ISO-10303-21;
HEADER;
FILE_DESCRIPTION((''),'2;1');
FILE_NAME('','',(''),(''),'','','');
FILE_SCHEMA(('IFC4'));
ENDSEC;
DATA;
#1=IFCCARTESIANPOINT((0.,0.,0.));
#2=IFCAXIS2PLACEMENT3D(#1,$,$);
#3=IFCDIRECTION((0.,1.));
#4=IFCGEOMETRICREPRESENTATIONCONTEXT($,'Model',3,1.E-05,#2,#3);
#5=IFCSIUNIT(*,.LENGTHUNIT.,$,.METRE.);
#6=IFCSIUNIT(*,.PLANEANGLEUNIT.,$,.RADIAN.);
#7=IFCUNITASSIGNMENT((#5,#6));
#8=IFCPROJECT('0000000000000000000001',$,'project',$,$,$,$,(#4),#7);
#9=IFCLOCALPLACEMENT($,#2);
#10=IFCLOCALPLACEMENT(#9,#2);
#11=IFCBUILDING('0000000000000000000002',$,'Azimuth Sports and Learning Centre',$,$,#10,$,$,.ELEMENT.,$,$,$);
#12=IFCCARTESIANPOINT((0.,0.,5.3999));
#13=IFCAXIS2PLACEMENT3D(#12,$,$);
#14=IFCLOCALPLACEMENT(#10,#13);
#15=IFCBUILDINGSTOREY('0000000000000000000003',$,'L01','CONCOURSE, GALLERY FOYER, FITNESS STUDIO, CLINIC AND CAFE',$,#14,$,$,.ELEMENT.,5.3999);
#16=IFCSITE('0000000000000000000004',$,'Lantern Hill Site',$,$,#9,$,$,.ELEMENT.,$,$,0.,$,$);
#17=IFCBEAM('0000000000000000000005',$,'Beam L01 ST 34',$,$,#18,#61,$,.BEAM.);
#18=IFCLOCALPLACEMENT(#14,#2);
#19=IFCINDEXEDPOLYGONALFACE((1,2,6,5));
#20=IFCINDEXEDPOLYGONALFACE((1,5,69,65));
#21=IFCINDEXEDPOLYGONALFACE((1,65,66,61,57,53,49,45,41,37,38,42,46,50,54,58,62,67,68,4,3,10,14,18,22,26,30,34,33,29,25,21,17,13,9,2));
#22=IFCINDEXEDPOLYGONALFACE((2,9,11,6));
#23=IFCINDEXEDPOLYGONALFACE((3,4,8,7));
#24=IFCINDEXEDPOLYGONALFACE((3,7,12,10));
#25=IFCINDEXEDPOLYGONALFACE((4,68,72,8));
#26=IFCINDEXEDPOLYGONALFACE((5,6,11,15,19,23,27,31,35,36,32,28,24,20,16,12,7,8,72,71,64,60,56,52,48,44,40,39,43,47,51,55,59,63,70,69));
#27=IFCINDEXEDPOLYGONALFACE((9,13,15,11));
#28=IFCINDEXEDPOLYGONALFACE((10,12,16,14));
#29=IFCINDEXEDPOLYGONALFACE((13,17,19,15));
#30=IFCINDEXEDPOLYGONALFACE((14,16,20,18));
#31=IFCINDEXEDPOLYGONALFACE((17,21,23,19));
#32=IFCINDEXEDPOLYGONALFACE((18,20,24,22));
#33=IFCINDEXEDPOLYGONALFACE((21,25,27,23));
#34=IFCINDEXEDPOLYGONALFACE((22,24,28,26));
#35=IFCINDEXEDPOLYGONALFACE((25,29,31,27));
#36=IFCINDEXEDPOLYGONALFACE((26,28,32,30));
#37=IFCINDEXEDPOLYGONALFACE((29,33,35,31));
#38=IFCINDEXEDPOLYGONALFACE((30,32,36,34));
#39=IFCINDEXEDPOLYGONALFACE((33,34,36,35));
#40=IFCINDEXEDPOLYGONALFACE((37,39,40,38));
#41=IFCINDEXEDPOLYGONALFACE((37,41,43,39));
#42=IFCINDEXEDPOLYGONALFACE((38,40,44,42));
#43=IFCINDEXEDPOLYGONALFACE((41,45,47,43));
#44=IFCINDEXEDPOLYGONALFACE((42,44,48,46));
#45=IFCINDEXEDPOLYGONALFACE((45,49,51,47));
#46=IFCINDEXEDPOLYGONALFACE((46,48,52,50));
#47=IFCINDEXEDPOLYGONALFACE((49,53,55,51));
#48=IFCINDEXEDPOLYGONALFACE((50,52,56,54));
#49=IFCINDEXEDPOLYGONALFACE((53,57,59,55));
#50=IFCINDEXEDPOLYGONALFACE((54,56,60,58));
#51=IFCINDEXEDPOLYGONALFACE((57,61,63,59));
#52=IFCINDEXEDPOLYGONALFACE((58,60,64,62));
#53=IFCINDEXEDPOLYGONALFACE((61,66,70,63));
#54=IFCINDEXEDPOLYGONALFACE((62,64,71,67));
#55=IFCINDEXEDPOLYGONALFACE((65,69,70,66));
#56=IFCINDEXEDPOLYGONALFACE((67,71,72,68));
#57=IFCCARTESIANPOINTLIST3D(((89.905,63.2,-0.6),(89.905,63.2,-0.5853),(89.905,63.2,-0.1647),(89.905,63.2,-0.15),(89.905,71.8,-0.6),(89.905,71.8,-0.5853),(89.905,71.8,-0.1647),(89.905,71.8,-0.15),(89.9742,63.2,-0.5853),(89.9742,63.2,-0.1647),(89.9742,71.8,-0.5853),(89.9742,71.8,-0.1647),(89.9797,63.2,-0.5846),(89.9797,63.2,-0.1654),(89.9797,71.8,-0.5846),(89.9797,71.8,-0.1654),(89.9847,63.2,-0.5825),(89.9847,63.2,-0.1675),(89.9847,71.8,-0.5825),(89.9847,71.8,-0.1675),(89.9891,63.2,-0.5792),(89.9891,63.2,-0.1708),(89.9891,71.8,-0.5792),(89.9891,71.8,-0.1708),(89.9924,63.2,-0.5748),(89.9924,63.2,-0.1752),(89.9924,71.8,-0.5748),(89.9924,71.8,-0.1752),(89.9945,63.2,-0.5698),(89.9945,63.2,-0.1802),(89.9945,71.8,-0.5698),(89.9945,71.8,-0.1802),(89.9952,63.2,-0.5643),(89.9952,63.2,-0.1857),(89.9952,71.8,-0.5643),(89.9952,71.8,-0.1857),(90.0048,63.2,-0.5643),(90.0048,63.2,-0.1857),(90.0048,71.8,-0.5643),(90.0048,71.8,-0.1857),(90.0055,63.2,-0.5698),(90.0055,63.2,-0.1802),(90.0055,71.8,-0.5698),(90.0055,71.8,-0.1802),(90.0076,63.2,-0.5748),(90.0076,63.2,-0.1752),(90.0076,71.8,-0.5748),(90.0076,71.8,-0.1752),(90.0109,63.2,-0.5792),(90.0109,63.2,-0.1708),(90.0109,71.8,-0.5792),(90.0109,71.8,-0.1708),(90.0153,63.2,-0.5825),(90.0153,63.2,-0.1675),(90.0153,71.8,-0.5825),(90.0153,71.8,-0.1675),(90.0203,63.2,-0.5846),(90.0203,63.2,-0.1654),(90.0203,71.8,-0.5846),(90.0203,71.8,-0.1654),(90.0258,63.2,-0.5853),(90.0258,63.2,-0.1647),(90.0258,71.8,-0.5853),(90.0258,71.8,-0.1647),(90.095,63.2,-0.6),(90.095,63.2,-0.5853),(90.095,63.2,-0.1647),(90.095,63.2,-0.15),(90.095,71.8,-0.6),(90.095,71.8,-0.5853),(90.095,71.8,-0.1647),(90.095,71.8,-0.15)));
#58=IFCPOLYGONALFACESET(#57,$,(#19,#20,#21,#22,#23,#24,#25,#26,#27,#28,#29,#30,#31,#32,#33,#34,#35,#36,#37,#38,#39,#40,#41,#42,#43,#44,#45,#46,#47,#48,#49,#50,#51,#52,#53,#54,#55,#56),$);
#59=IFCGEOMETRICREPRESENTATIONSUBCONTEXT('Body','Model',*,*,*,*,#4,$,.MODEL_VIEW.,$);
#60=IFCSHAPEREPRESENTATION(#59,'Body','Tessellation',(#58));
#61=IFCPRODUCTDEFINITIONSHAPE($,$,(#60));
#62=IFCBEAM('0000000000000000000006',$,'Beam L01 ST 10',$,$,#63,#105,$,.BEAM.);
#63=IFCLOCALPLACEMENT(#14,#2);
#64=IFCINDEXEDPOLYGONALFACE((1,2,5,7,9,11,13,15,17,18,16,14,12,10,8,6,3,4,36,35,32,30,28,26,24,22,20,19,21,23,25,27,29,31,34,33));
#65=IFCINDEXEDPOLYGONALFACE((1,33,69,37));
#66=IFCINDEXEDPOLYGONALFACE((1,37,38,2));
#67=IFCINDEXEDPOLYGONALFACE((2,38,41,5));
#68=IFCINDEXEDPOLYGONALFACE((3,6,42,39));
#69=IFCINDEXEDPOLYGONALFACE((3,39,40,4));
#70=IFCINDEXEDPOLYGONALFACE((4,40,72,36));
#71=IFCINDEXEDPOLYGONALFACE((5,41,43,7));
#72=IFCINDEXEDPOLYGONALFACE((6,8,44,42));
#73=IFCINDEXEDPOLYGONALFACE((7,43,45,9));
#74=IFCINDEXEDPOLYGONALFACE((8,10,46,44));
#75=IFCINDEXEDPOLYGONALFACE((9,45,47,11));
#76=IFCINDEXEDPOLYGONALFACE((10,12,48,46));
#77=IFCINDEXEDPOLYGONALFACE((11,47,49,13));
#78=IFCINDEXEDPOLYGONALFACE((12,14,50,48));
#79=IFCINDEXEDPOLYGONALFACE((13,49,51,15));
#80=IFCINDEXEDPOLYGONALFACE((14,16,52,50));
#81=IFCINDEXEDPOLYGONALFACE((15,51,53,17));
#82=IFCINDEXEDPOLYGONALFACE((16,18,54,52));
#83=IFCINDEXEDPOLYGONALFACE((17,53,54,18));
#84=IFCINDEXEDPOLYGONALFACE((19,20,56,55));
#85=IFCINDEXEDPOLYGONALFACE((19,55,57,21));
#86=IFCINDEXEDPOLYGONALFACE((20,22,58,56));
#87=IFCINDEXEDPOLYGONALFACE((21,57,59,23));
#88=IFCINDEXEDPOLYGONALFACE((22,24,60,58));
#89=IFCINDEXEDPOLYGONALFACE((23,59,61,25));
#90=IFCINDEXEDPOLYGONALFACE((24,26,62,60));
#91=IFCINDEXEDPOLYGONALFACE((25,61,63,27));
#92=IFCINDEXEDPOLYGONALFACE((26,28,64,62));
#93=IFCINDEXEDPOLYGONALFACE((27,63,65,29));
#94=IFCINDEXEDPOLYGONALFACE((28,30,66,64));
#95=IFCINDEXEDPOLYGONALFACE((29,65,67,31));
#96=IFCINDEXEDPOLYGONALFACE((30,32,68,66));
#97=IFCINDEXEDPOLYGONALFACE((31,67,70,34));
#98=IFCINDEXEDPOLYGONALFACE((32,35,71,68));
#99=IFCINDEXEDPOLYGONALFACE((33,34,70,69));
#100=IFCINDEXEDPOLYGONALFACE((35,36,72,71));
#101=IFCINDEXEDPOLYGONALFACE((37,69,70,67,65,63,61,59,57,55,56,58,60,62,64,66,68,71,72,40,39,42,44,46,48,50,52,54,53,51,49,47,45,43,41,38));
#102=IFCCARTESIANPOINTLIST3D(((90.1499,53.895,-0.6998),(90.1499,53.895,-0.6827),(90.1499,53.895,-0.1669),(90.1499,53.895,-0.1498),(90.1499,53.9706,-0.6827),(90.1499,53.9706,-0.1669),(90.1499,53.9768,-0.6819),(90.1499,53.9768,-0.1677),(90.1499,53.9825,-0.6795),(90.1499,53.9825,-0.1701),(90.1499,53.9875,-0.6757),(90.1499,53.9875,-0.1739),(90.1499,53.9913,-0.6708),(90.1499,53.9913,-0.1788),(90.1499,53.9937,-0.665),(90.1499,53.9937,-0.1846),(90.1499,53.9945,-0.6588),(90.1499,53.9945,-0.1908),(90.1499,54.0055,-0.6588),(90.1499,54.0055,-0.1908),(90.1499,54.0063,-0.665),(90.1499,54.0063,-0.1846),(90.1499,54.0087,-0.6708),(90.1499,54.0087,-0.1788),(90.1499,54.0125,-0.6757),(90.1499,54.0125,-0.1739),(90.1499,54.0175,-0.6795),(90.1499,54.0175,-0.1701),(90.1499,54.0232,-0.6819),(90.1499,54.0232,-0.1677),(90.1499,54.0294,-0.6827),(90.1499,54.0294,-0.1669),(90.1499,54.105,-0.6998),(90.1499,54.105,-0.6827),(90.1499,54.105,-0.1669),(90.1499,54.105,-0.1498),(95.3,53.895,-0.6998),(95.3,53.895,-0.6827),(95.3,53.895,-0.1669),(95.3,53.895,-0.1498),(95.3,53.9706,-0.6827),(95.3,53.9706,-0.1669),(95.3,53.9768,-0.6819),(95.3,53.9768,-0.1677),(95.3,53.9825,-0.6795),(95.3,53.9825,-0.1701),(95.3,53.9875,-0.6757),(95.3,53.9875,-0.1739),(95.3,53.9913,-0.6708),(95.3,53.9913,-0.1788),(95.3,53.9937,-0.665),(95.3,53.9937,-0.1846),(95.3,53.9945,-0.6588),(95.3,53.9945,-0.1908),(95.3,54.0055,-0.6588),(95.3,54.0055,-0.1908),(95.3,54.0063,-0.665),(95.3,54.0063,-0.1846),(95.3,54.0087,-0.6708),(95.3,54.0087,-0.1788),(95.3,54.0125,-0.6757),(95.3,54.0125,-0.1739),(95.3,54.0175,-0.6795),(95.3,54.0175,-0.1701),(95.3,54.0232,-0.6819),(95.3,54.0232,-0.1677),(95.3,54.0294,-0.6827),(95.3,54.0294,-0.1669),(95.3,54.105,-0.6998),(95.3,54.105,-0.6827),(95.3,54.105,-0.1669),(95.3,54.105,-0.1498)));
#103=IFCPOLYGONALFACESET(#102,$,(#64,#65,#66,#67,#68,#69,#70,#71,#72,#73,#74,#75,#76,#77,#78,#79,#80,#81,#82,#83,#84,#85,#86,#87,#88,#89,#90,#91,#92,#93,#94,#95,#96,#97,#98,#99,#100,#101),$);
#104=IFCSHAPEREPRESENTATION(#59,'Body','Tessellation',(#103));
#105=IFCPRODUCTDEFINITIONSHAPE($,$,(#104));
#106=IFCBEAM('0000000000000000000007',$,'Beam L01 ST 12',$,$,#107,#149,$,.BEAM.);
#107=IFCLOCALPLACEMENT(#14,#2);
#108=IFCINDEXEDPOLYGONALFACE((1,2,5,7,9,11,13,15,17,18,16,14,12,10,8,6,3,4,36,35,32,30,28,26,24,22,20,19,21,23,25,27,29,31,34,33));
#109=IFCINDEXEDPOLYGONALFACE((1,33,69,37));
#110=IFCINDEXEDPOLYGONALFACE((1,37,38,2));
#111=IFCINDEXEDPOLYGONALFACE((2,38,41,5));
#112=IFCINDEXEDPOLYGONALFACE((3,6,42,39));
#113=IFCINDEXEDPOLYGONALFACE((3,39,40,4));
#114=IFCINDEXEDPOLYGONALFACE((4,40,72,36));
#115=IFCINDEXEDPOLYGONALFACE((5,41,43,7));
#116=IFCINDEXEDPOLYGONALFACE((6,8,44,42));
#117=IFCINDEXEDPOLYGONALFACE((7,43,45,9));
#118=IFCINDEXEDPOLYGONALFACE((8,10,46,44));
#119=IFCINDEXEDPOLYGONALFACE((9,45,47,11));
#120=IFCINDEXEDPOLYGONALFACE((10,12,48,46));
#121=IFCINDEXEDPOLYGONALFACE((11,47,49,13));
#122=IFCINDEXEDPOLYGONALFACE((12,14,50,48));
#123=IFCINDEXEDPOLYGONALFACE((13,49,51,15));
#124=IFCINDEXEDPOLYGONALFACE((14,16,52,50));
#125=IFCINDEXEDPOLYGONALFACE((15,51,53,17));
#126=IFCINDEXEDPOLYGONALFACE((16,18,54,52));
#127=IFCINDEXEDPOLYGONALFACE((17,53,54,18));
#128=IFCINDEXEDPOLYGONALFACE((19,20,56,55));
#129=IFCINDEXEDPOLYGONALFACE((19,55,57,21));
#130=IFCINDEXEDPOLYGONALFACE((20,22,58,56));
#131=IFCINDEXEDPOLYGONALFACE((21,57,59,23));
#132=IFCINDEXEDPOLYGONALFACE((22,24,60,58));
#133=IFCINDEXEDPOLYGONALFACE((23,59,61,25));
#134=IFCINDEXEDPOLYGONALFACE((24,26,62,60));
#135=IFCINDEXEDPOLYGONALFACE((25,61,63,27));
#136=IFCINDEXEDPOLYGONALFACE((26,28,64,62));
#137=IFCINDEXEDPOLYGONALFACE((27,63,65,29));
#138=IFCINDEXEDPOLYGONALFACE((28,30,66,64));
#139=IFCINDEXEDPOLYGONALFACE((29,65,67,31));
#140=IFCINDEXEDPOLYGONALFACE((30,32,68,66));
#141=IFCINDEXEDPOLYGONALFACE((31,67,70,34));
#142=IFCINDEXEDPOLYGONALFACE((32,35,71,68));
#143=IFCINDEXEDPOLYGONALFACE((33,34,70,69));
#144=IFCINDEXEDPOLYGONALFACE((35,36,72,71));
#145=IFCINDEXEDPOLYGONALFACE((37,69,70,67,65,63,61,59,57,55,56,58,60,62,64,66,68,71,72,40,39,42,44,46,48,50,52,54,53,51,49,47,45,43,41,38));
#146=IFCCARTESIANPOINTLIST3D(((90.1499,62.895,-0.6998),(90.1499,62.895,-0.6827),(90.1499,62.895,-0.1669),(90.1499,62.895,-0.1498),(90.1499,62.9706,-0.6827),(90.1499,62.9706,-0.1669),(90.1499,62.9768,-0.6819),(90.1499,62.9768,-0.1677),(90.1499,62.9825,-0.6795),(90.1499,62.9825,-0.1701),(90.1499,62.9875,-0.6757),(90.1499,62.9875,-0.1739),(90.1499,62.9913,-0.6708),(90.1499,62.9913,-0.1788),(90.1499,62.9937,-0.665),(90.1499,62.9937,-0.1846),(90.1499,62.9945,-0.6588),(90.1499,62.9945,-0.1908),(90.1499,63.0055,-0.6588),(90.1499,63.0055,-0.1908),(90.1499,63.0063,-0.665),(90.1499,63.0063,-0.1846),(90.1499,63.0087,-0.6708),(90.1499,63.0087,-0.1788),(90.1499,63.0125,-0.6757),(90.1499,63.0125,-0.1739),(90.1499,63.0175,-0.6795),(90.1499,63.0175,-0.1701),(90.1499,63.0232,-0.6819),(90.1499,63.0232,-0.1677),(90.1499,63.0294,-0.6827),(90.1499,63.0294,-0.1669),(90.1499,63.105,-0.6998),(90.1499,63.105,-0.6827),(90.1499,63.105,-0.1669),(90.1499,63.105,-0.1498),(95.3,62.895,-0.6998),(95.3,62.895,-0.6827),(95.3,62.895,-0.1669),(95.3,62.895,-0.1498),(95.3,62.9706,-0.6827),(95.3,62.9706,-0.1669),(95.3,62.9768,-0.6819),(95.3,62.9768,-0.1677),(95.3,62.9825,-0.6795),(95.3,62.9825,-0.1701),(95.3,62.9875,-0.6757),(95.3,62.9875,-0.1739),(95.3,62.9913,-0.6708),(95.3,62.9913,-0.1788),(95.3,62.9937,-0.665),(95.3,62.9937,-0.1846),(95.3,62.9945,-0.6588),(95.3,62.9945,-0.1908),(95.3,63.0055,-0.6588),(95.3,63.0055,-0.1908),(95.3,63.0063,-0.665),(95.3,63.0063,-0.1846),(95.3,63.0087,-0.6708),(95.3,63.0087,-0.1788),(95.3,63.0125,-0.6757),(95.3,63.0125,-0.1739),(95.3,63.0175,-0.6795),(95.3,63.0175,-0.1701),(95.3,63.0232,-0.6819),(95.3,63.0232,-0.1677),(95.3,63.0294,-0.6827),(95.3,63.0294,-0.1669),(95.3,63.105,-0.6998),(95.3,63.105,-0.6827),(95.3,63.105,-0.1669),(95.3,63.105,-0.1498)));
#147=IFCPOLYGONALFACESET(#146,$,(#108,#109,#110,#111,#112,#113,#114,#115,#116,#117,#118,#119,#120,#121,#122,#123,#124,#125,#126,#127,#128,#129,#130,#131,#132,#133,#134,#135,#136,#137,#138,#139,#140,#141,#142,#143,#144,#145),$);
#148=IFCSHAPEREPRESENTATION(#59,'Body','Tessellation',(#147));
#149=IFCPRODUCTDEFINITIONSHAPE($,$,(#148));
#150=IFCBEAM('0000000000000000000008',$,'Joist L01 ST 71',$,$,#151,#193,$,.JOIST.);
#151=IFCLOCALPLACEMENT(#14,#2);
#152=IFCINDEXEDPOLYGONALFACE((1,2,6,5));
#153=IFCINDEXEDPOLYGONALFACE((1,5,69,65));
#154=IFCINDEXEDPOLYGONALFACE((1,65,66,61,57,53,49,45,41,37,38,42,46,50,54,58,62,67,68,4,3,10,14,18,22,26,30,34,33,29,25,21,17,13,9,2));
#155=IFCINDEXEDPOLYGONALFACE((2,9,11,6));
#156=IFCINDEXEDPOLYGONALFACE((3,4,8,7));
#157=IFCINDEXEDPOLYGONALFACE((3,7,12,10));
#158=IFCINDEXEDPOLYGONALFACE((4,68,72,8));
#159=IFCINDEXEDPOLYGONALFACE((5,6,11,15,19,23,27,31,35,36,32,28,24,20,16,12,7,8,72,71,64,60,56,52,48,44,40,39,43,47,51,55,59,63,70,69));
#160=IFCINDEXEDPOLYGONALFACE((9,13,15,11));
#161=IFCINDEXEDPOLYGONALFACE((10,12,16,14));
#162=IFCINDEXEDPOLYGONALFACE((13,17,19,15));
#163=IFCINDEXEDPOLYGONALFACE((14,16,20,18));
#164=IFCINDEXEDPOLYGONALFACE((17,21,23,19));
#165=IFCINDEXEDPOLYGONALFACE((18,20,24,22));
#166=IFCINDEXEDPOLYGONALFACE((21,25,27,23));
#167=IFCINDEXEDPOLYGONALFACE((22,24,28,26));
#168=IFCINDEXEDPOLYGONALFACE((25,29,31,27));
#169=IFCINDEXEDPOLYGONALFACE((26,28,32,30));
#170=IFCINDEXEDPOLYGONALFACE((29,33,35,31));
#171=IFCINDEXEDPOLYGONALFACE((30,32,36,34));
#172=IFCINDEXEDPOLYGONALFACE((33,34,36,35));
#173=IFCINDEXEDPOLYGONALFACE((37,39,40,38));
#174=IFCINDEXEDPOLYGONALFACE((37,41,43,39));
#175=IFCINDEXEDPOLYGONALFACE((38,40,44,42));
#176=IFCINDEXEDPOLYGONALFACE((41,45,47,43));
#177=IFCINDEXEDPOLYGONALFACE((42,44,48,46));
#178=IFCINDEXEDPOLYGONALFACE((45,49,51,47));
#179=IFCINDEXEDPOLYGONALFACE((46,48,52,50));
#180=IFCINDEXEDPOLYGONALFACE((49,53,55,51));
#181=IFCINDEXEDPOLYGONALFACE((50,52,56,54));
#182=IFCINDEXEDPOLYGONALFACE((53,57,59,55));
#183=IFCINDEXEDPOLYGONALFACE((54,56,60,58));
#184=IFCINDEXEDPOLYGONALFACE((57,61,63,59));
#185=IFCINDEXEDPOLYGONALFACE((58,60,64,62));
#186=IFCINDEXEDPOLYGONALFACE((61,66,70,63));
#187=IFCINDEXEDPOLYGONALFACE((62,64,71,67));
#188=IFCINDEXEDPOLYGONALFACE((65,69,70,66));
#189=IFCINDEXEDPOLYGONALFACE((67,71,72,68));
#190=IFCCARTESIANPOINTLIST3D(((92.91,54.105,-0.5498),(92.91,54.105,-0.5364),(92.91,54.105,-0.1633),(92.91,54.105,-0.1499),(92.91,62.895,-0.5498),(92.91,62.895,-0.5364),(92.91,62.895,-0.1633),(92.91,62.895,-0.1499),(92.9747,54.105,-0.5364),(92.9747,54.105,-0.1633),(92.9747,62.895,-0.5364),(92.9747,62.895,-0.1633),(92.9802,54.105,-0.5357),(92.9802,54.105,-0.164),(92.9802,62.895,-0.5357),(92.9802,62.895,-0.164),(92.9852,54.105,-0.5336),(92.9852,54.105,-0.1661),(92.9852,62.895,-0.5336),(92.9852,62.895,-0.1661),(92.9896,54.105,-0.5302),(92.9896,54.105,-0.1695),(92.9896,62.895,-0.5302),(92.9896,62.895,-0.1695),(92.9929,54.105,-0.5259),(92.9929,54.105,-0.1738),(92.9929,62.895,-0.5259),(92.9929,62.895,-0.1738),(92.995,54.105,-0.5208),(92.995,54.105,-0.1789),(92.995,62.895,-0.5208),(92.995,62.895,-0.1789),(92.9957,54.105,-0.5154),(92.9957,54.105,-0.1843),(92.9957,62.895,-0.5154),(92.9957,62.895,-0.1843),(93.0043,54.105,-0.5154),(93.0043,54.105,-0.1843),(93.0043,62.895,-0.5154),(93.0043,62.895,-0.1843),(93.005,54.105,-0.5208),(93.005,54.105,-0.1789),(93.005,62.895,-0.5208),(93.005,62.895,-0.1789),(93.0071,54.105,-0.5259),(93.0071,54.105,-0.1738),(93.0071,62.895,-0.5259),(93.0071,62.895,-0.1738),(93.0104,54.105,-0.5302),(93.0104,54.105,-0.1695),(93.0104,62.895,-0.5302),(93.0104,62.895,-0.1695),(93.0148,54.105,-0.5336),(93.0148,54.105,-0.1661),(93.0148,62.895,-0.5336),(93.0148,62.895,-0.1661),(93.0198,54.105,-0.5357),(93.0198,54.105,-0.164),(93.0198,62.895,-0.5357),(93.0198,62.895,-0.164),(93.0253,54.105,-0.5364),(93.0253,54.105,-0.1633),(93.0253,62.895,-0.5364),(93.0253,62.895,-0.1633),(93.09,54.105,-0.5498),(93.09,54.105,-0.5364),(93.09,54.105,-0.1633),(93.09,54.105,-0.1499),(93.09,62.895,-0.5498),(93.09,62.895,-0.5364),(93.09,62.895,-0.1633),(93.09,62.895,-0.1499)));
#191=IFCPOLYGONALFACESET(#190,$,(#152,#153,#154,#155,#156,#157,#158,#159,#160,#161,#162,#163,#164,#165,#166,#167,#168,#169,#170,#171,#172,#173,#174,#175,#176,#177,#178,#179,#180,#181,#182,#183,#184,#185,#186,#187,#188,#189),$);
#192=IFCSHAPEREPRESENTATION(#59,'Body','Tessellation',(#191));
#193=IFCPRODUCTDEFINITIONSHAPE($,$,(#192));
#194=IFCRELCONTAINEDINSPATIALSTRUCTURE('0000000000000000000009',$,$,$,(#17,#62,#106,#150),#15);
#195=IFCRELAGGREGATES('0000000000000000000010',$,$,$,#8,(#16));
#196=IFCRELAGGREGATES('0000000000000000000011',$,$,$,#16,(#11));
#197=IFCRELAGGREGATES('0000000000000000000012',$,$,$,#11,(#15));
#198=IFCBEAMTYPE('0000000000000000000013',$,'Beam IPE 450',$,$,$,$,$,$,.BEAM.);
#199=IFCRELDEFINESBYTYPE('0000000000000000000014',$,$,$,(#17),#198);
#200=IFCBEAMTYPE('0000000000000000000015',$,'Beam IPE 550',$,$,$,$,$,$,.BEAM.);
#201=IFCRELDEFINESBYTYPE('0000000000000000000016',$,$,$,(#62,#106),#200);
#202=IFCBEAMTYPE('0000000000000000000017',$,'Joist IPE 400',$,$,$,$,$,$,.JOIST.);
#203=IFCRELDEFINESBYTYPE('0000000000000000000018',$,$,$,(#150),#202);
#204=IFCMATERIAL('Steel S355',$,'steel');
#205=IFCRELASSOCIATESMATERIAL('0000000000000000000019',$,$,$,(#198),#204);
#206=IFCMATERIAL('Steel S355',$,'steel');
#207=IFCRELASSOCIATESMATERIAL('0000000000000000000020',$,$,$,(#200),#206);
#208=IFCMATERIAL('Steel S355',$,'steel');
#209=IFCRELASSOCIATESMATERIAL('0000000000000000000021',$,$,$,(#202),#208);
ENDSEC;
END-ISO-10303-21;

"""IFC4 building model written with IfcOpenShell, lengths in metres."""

from ifc_helpers import new_model, si_unit, direction, frame, origin, origin_2d, place, context, subcontext, project, spatial, i_section, extrude, material, material_profile, profile_set, type_object, element, save


model = new_model("IFC4")

# Units and contexts
model_context = context("Model", 3, precision=1e-05, world=origin(), true_north=direction((0.0, 1.0)))
body_context = subcontext(model_context, "Body", "Model", "MODEL_VIEW")
ifc_project = project(units=[si_unit("LENGTHUNIT", "METRE"), si_unit("PLANEANGLEUNIT", "RADIAN")], contexts=[model_context])

# Site, building, storey
site_placement = place(None, origin())
site = spatial("IfcSite", under=ifc_project, at=site_placement, Name="Lantern Hill Site", CompositionType="ELEMENT", RefElevation=0.0)
building_placement = place(site_placement, origin())
building = spatial("IfcBuilding", under=site, at=building_placement, Name="Azimuth Sports and Learning Centre", CompositionType="ELEMENT")
storey_placement = place(building_placement, frame((0.0, 0.0, 5.3999)))
storey = spatial("IfcBuildingStorey", under=building, at=storey_placement, Name="L01", Description="CONCOURSE, GALLERY FOYER, FITNESS STUDIO, CLINIC AND CAFE", CompositionType="ELEMENT", Elevation=5.3999)

# Beams
ifc_material_1 = material(Name="Steel S355", Category="steel")
ifc_material_profile_1 = material_profile(ifc_material_1, i_section(OverallWidth=0.1899, OverallDepth=0.45, WebThickness=0.0095, FlangeThickness=0.0146, FilletRadius=0.021, at=origin_2d()), Name="IPE 450")
ifc_profile_set_1 = profile_set([ifc_material_profile_1], Name="Steel S355")
beam_type_1 = type_object("IfcBeamType", Name="Beam IPE 450", PredefinedType="BEAM", material=ifc_profile_set_1)
for number, where, z_axis, x_axis, name in (
    (1, (90.0, 63.2, -0.375), (0.0, 1.0, 0.0), (-1.0, 0.0, 0.0), "Beam L01 ST 34"),
):
    element("IfcBeam", number, at=place(storey_placement, frame(where, z_axis=z_axis, x_axis=x_axis)), inside=storey, type_object=beam_type_1, Name=name, PredefinedType="BEAM", context=body_context, shape_type="SweptSolid", body=[
        extrude(i_section(OverallWidth=0.1899, OverallDepth=0.45, WebThickness=0.0095, FlangeThickness=0.0146, FilletRadius=0.021, at=origin_2d()), origin(), (0.0, 0.0, 1.0), 8.6001),
    ])
ifc_material_2 = material(Name="Steel S355", Category="steel")
ifc_material_profile_2 = material_profile(ifc_material_2, i_section(OverallWidth=0.21, OverallDepth=0.55, WebThickness=0.011, FlangeThickness=0.0171, FilletRadius=0.0239, at=origin_2d()), Name="IPE 550")
ifc_profile_set_2 = profile_set([ifc_material_profile_2], Name="Steel S355")
beam_type_2 = type_object("IfcBeamType", Name="Beam IPE 550", PredefinedType="BEAM", material=ifc_profile_set_2)
for number, where, z_axis, x_axis, name in (
    (2, (90.1499, 54.0, -0.4248), (1.0, 0.0, 0.0), (0.0, 1.0, 0.0), "Beam L01 ST 10"),
    (3, (90.1499, 63.0, -0.4248), (1.0, 0.0, 0.0), (0.0, 1.0, 0.0), "Beam L01 ST 12"),
):
    element("IfcBeam", number, at=place(storey_placement, frame(where, z_axis=z_axis, x_axis=x_axis)), inside=storey, type_object=beam_type_2, Name=name, PredefinedType="BEAM", context=body_context, shape_type="SweptSolid", body=[
        extrude(i_section(OverallWidth=0.21, OverallDepth=0.55, WebThickness=0.011, FlangeThickness=0.0171, FilletRadius=0.0239, at=origin_2d()), origin(), (0.0, 0.0, 1.0), 5.1501),
    ])
ifc_material_3 = material(Name="Steel S355", Category="steel")
ifc_material_profile_3 = material_profile(ifc_material_3, i_section(OverallWidth=0.1799, OverallDepth=0.3999, WebThickness=0.0085, FlangeThickness=0.0134, FilletRadius=0.021, at=origin_2d()), Name="IPE 400")
ifc_profile_set_3 = profile_set([ifc_material_profile_3], Name="Steel S355")
beam_type_3 = type_object("IfcBeamType", Name="Joist IPE 400", PredefinedType="JOIST", material=ifc_profile_set_3)
for number, where, z_axis, x_axis, name in (
    (4, (93.0, 54.105, -0.3499), (0.0, 1.0, 0.0), (-1.0, 0.0, 0.0), "Joist L01 ST 71"),
):
    element("IfcBeam", number, at=place(storey_placement, frame(where, z_axis=z_axis, x_axis=x_axis)), inside=storey, type_object=beam_type_3, Name=name, PredefinedType="JOIST", context=body_context, shape_type="SweptSolid", body=[
        extrude(i_section(OverallWidth=0.1799, OverallDepth=0.3999, WebThickness=0.0085, FlangeThickness=0.0134, FilletRadius=0.021, at=origin_2d()), origin(), (0.0, 0.0, 1.0), 8.79),
    ])

save(model, "model.ifc")
